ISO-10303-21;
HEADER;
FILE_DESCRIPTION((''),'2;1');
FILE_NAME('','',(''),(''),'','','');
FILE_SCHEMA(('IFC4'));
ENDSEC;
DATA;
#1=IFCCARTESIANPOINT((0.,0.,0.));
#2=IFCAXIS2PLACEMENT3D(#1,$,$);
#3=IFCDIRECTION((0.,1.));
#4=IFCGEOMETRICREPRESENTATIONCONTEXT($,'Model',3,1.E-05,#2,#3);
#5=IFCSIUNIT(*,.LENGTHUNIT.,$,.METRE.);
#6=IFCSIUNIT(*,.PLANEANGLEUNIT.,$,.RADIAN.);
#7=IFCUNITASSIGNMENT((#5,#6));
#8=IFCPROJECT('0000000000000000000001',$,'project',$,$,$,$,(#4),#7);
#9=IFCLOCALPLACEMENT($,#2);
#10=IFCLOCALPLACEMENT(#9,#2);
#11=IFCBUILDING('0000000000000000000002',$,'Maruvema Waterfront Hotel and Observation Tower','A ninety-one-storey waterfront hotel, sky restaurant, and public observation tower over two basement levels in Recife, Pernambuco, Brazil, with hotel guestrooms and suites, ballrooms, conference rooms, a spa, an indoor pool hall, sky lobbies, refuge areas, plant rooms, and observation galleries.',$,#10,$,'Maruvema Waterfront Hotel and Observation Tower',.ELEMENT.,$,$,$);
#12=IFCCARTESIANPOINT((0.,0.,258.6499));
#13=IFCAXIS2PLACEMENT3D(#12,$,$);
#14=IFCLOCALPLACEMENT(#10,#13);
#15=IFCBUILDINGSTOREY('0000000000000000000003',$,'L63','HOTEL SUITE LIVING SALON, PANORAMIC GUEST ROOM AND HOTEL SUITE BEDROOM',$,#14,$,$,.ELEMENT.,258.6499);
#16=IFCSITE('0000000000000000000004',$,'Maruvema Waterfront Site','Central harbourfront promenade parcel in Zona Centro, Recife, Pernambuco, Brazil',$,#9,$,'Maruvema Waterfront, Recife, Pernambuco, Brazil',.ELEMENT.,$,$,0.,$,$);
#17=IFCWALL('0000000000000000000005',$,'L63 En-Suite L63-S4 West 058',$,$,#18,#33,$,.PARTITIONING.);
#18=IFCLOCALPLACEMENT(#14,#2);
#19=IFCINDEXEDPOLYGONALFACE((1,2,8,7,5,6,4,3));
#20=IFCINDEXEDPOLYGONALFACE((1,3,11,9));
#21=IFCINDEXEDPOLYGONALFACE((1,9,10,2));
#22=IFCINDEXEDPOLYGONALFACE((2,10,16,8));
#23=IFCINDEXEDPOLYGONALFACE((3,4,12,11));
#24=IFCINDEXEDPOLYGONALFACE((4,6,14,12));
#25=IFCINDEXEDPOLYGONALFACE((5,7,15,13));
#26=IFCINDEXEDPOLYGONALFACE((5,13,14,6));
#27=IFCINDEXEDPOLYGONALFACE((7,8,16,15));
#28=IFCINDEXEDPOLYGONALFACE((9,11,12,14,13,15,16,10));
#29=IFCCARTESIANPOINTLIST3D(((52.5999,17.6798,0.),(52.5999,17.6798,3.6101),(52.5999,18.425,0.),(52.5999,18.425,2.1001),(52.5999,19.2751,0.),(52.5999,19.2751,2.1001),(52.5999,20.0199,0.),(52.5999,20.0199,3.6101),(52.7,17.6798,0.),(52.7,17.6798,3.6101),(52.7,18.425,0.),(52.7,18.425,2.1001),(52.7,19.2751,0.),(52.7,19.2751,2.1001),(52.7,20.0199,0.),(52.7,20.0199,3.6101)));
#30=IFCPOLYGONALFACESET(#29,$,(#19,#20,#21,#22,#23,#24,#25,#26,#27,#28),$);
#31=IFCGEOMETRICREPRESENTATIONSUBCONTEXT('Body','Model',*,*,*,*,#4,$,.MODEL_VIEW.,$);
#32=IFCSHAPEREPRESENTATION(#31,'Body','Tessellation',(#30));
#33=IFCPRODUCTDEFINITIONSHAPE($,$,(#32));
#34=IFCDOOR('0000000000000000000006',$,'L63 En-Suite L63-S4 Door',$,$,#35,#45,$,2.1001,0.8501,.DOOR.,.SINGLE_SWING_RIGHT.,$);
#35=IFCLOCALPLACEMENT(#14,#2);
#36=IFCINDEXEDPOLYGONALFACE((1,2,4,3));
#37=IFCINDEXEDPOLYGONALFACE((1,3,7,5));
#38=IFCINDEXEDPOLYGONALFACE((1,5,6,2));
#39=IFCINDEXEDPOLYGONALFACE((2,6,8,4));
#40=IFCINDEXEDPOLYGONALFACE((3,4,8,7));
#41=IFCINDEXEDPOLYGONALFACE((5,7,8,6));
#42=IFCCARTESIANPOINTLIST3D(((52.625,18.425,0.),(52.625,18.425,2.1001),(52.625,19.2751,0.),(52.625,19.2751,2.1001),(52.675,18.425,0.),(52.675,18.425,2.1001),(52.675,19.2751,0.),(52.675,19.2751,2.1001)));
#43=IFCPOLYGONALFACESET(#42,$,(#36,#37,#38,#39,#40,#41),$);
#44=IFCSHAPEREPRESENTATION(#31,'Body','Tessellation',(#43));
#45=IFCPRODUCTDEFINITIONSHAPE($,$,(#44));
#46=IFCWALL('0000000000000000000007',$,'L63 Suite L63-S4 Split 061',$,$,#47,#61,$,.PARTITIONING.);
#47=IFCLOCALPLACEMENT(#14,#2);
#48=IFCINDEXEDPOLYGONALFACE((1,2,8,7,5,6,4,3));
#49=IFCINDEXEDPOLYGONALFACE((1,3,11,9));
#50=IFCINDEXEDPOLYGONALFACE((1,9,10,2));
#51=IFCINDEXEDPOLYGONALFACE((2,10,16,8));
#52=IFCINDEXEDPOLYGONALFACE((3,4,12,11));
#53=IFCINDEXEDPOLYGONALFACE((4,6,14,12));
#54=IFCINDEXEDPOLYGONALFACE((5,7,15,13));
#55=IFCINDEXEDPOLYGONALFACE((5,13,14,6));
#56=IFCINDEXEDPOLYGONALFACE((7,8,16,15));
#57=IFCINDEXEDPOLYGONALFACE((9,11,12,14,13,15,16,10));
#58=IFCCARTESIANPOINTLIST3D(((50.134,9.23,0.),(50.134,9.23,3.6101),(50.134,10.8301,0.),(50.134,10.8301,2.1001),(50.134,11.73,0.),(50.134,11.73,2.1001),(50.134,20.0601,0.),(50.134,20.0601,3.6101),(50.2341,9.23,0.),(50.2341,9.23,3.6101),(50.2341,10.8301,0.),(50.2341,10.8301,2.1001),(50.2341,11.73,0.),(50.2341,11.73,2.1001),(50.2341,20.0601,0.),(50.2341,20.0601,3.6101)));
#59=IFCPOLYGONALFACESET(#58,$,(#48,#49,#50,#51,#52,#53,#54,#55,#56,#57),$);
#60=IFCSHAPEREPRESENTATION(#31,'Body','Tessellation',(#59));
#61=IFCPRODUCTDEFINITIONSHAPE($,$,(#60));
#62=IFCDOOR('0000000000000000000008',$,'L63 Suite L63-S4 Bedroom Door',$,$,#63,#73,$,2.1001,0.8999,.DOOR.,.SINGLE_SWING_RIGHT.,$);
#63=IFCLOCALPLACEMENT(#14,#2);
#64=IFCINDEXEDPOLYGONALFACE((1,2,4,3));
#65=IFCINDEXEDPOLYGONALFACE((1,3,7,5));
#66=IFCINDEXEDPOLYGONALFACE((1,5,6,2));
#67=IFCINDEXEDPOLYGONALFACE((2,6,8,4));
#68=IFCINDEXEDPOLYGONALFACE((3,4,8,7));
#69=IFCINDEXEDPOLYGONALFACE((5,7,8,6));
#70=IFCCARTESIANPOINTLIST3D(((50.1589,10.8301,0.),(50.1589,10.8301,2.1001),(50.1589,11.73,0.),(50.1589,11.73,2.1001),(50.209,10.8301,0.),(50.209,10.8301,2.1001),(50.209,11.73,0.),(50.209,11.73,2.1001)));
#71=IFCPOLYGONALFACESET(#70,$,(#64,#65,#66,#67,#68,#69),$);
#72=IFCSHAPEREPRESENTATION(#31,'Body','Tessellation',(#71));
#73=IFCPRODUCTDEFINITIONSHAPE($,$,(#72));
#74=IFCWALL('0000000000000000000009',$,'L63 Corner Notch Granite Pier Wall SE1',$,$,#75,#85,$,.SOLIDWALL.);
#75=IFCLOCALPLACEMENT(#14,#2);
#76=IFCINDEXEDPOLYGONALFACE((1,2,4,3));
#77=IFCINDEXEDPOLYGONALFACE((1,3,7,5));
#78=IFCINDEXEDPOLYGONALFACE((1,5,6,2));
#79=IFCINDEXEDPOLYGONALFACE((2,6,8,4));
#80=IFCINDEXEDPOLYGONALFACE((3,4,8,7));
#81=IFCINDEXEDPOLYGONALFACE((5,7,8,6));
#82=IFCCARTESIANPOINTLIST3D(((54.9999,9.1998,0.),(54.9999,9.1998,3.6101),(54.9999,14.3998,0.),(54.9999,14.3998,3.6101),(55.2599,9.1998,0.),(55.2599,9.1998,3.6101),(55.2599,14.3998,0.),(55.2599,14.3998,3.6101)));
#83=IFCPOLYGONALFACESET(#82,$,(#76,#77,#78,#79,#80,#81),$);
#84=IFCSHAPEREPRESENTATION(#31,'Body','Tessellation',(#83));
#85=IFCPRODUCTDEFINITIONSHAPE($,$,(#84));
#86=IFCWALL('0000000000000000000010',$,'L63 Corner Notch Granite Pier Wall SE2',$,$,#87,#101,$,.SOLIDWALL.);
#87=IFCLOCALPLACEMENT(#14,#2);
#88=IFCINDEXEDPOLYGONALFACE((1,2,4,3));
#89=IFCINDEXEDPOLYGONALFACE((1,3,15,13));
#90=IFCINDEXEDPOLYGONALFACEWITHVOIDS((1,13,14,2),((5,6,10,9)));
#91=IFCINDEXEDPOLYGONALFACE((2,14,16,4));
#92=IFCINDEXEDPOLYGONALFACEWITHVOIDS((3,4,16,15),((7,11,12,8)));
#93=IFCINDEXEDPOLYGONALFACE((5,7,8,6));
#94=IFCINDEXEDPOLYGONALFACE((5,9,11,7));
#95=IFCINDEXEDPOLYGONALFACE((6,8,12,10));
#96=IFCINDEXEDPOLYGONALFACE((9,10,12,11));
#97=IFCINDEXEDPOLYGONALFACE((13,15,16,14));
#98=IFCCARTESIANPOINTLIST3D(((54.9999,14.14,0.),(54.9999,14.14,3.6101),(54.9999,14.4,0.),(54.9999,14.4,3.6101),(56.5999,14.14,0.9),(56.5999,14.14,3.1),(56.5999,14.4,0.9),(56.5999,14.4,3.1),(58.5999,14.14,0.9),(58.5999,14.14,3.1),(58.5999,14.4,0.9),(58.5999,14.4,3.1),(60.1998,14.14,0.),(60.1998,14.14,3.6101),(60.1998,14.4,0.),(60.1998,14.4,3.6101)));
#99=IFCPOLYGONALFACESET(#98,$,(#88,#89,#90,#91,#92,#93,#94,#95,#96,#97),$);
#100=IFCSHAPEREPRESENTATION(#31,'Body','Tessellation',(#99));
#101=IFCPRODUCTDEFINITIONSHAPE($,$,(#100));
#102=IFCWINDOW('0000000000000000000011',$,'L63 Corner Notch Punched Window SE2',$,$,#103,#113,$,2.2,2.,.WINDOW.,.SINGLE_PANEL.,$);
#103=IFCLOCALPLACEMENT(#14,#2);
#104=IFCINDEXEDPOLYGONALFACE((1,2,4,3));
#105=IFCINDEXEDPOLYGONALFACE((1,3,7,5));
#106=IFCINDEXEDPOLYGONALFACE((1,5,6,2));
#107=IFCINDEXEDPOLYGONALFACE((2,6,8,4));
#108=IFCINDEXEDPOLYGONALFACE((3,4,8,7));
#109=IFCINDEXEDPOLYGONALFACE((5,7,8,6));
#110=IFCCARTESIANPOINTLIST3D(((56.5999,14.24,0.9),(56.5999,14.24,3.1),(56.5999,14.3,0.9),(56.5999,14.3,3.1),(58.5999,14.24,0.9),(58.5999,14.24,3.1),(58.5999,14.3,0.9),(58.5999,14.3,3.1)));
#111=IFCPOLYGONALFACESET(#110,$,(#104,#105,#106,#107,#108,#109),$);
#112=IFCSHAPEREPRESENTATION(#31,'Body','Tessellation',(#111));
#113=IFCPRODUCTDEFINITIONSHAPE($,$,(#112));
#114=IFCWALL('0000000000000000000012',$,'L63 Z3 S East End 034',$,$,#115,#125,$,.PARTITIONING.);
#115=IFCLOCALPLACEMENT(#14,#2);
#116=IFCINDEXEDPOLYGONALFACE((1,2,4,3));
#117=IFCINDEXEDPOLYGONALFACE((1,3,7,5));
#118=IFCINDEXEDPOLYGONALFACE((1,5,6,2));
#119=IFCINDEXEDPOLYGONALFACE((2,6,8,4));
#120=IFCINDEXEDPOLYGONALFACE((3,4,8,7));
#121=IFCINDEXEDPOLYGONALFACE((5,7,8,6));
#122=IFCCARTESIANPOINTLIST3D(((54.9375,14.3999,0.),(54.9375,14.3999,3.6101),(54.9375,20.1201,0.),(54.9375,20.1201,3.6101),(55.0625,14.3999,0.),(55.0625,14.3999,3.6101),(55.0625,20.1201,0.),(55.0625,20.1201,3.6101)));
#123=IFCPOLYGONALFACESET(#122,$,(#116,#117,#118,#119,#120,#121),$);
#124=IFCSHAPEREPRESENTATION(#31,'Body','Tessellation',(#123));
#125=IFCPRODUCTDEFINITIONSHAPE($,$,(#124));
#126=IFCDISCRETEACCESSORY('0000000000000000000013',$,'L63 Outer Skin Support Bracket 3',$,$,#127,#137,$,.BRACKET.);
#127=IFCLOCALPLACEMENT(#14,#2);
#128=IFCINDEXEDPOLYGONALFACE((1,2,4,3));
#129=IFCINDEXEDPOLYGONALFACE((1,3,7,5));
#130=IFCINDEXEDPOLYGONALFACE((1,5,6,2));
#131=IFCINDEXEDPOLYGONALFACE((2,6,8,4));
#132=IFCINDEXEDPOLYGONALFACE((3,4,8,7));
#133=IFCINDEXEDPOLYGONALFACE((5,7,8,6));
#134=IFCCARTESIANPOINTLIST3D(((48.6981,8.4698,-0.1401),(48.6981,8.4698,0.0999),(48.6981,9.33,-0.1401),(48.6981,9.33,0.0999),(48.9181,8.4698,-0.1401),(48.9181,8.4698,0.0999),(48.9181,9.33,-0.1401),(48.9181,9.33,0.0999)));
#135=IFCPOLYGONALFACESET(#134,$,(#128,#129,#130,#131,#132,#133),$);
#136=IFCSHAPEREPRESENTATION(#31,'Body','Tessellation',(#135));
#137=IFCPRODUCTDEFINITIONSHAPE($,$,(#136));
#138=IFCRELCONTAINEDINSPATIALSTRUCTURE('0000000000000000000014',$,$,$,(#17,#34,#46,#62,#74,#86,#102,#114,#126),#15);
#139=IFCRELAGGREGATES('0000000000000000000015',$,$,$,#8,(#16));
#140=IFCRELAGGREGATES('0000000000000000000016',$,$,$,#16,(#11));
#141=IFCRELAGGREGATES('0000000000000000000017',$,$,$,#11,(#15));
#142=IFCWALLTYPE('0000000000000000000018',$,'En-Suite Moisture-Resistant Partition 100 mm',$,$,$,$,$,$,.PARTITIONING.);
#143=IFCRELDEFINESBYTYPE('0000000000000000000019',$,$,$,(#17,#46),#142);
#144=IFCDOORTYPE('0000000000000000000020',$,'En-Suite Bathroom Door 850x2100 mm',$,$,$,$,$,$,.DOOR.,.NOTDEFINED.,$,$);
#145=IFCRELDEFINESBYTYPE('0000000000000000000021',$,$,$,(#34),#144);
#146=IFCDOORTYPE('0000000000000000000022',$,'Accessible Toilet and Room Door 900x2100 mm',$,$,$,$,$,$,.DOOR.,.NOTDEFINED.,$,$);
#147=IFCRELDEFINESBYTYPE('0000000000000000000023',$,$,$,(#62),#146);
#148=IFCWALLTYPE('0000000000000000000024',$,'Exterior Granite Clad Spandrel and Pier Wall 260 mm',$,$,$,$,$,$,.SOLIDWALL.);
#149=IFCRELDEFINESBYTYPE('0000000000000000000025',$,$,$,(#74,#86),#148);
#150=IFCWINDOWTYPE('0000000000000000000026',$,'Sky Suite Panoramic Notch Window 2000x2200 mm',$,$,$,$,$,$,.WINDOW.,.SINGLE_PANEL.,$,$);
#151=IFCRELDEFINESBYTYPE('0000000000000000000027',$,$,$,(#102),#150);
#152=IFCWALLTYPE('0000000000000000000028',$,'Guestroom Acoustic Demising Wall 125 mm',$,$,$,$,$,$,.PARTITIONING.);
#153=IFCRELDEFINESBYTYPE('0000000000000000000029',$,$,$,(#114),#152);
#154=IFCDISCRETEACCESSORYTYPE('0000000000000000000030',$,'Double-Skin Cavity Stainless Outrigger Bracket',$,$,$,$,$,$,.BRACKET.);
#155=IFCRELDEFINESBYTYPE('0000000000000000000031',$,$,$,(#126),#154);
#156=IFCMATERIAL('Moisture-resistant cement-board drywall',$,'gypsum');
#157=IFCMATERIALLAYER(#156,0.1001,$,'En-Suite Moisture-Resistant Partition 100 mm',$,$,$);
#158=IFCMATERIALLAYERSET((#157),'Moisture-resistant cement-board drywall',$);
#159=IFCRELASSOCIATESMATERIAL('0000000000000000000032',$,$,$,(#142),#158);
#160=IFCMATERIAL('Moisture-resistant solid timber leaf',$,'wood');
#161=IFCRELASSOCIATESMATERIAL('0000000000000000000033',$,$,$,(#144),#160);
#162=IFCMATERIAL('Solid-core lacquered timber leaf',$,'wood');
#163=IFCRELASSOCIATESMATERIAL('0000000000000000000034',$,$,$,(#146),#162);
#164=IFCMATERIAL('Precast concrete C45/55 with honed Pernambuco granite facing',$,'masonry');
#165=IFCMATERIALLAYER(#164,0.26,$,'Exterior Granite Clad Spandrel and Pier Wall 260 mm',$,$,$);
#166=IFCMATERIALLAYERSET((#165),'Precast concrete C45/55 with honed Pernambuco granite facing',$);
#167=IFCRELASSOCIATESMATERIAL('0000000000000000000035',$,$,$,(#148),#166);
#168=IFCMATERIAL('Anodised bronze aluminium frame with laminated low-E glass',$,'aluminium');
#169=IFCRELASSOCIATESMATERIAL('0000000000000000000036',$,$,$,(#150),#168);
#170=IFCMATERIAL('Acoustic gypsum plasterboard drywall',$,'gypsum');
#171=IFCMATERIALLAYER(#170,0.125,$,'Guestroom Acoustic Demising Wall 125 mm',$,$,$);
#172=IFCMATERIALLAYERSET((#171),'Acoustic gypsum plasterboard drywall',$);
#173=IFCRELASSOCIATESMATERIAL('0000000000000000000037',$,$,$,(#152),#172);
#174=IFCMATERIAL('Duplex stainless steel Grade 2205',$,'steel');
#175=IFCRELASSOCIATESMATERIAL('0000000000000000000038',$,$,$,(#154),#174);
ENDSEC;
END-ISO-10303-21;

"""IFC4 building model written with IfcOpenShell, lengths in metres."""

from ifc_helpers import new_model, si_unit, direction, frame, frame_2d, origin, origin_2d, place, context, subcontext, project, spatial, rectangle, extrude, material, layer, layer_set, type_object, element, fill, save


model = new_model("IFC4")

# Units and contexts
model_context = context("Model", 3, precision=1e-05, world=origin(), true_north=direction((0.0, 1.0)))
body_context = subcontext(model_context, "Body", "Model", "MODEL_VIEW")
ifc_project = project(units=[si_unit("LENGTHUNIT", "METRE"), si_unit("PLANEANGLEUNIT", "RADIAN")], contexts=[model_context])

# Site, building, storey
site_placement = place(None, origin())
site = spatial("IfcSite", under=ifc_project, at=site_placement, Name="Maruvema Waterfront Site", Description="Central harbourfront promenade parcel in Zona Centro, Recife, Pernambuco, Brazil", LongName="Maruvema Waterfront, Recife, Pernambuco, Brazil", CompositionType="ELEMENT", RefElevation=0.0)
building_placement = place(site_placement, origin())
building = spatial("IfcBuilding", under=site, at=building_placement, Name="Maruvema Waterfront Hotel and Observation Tower", Description="A ninety-one-storey waterfront hotel, sky restaurant, and public observation tower over two basement levels in Recife, Pernambuco, Brazil, with hotel guestrooms and suites, ballrooms, conference rooms, a spa, an indoor pool hall, sky lobbies, refuge areas, plant rooms, and observation galleries.", LongName="Maruvema Waterfront Hotel and Observation Tower", CompositionType="ELEMENT")
storey_placement = place(building_placement, frame((0.0, 0.0, 258.6499)))
storey = spatial("IfcBuildingStorey", under=building, at=storey_placement, Name="L63", Description="HOTEL SUITE LIVING SALON, PANORAMIC GUEST ROOM AND HOTEL SUITE BEDROOM", CompositionType="ELEMENT", Elevation=258.6499)

# Shared definitions
ifc_material_1 = material(Name="Moisture-resistant cement-board drywall", Category="gypsum")
ifc_layer_1 = layer(ifc_material_1, 0.1001, Name="En-Suite Moisture-Resistant Partition 100 mm")
ifc_layer_set_1 = layer_set([ifc_layer_1], Name="Moisture-resistant cement-board drywall")
wall_type_1 = type_object("IfcWallType", Name="En-Suite Moisture-Resistant Partition 100 mm", PredefinedType="PARTITIONING", material=ifc_layer_set_1)

# Walls, openings, doors
wall_1_placement = place(storey_placement, frame((52.6499, 17.6799, 0.0), z_axis=(0.0, 0.0, 1.0), x_axis=(0.0, 1.0, 0.0)))
wall_1 = element("IfcWall", 1, at=wall_1_placement, inside=storey, type_object=wall_type_1, Name="L63 En-Suite L63-S4 West 058", PredefinedType="PARTITIONING", context=body_context, shape_type="SweptSolid", body=[
    extrude(rectangle(XDim=2.3401, YDim=0.1001, at=frame_2d((1.1699, 0.0))), origin(), (0.0, 0.0, 1.0), 3.6101),
])
opening_1_placement = place(wall_1_placement, frame((0.7451, 0.0, 0.0)))
opening_1 = element("IfcOpeningElement", 2, at=opening_1_placement, cuts=wall_1, PredefinedType="OPENING", context=body_context, shape_type="SweptSolid", body=[
    extrude(rectangle(XDim=0.8501, YDim=2.1001, at=frame_2d((0.425, 1.05))), frame((0.0, 0.0601, 0.0), z_axis=(0.0, -1.0, 0.0), x_axis=(1.0, 0.0, 0.0)), (0.0, 0.0, 1.0), 0.1201),
])
ifc_material_2 = material(Name="Moisture-resistant solid timber leaf", Category="wood")
door_type_1 = type_object("IfcDoorType", Name="En-Suite Bathroom Door 850x2100 mm", OperationType="NOTDEFINED", PredefinedType="DOOR", material=ifc_material_2)
door_1_placement = place(opening_1_placement, origin())
door_1 = element("IfcDoor", 3, at=door_1_placement, inside=storey, type_object=door_type_1, Name="L63 En-Suite L63-S4 Door", OperationType="SINGLE_SWING_RIGHT", OverallHeight=2.1001, OverallWidth=0.8501, PredefinedType="DOOR", context=body_context, shape_type="SweptSolid", body=[
    extrude(rectangle(XDim=0.8501, YDim=2.1001, at=frame_2d((0.425, 1.05))), frame((0.0, 0.0249, 0.0), z_axis=(0.0, -1.0, 0.0), x_axis=(1.0, 0.0, 0.0)), (0.0, 0.0, 1.0), 0.05),
])
fill(opening_1, door_1)
wall_2_placement = place(storey_placement, frame((50.1841, 9.23, 0.0), z_axis=(0.0, 0.0, 1.0), x_axis=(0.0, 1.0, 0.0)))
wall_2 = element("IfcWall", 4, at=wall_2_placement, inside=storey, type_object=wall_type_1, Name="L63 Suite L63-S4 Split 061", PredefinedType="PARTITIONING", context=body_context, shape_type="SweptSolid", body=[
    extrude(rectangle(XDim=10.8301, YDim=0.1001, at=frame_2d((5.415, 0.0))), origin(), (0.0, 0.0, 1.0), 3.6101),
])
opening_2_placement = place(wall_2_placement, frame((1.6001, 0.0, 0.0)))
opening_2 = element("IfcOpeningElement", 5, at=opening_2_placement, cuts=wall_2, PredefinedType="OPENING", context=body_context, shape_type="SweptSolid", body=[
    extrude(rectangle(XDim=0.8999, YDim=2.1001, at=frame_2d((0.45, 1.05))), frame((0.0, 0.0601, 0.0), z_axis=(0.0, -1.0, 0.0), x_axis=(1.0, 0.0, 0.0)), (0.0, 0.0, 1.0), 0.1201),
])
ifc_material_3 = material(Name="Solid-core lacquered timber leaf", Category="wood")
door_type_2 = type_object("IfcDoorType", Name="Accessible Toilet and Room Door 900x2100 mm", OperationType="NOTDEFINED", PredefinedType="DOOR", material=ifc_material_3)
door_2_placement = place(opening_2_placement, frame((0.8999, 0.0, 0.0), z_axis=(0.0, 0.0, 1.0), x_axis=(-1.0, 0.0, 0.0)))
door_2 = element("IfcDoor", 6, at=door_2_placement, inside=storey, type_object=door_type_2, Name="L63 Suite L63-S4 Bedroom Door", OperationType="SINGLE_SWING_RIGHT", OverallHeight=2.1001, OverallWidth=0.8999, PredefinedType="DOOR", context=body_context, shape_type="SweptSolid", body=[
    extrude(rectangle(XDim=0.8999, YDim=2.1001, at=frame_2d((0.45, 1.05))), frame((0.0, 0.0249, 0.0), z_axis=(0.0, -1.0, 0.0), x_axis=(1.0, 0.0, 0.0)), (0.0, 0.0, 1.0), 0.05),
])
fill(opening_2, door_2)

# Wall
ifc_material_4 = material(Name="Precast concrete C45/55 with honed Pernambuco granite facing", Category="masonry")
ifc_layer_2 = layer(ifc_material_4, 0.26, Name="Exterior Granite Clad Spandrel and Pier Wall 260 mm")
ifc_layer_set_2 = layer_set([ifc_layer_2], Name="Precast concrete C45/55 with honed Pernambuco granite facing")
wall_type_2 = type_object("IfcWallType", Name="Exterior Granite Clad Spandrel and Pier Wall 260 mm", PredefinedType="SOLIDWALL", material=ifc_layer_set_2)
wall_3_placement = place(storey_placement, frame((55.1299, 14.3999, 0.0), z_axis=(0.0, 0.0, 1.0), x_axis=(0.0, -1.0, 0.0)))
element("IfcWall", 7, at=wall_3_placement, inside=storey, type_object=wall_type_2, Name="L63 Corner Notch Granite Pier Wall SE1", PredefinedType="SOLIDWALL", context=body_context, shape_type="SweptSolid", body=[
    extrude(rectangle(XDim=5.2, YDim=0.26, at=frame_2d((2.6001, 0.0))), origin(), (0.0, 0.0, 1.0), 3.6101),
])

# Wall, opening, window
wall_4_placement = place(storey_placement, frame((60.2, 14.27, 0.0), z_axis=(0.0, 0.0, 1.0), x_axis=(-1.0, 0.0, 0.0)))
wall_4 = element("IfcWall", 8, at=wall_4_placement, inside=storey, type_object=wall_type_2, Name="L63 Corner Notch Granite Pier Wall SE2", PredefinedType="SOLIDWALL", context=body_context, shape_type="SweptSolid", body=[
    extrude(rectangle(XDim=5.2, YDim=0.26, at=frame_2d((2.6001, 0.0))), origin(), (0.0, 0.0, 1.0), 3.6101),
])
opening_3_placement = place(wall_4_placement, frame((1.6001, 0.0, 0.8999)))
opening_3 = element("IfcOpeningElement", 9, at=opening_3_placement, cuts=wall_4, PredefinedType="OPENING", context=body_context, shape_type="SweptSolid", body=[
    extrude(rectangle(XDim=2.0, YDim=2.2, at=frame_2d((1.0, 1.1001))), frame((0.0, 0.1401, 0.0), z_axis=(0.0, -1.0, 0.0), x_axis=(1.0, 0.0, 0.0)), (0.0, 0.0, 1.0), 0.28),
])
ifc_material_5 = material(Name="Anodised bronze aluminium frame with laminated low-E glass", Category="aluminium")
window_type = type_object("IfcWindowType", Name="Sky Suite Panoramic Notch Window 2000x2200 mm", PartitioningType="SINGLE_PANEL", PredefinedType="WINDOW", material=ifc_material_5)
window_placement = place(opening_3_placement, origin())
window = element("IfcWindow", 10, at=window_placement, inside=storey, type_object=window_type, Name="L63 Corner Notch Punched Window SE2", OverallHeight=2.2, OverallWidth=2.0, PartitioningType="SINGLE_PANEL", PredefinedType="WINDOW", context=body_context, shape_type="SweptSolid", body=[
    extrude(rectangle(XDim=2.0, YDim=2.2, at=frame_2d((1.0, 1.1001))), frame((0.0, 0.03, 0.0), z_axis=(0.0, -1.0, 0.0), x_axis=(1.0, 0.0, 0.0)), (0.0, 0.0, 1.0), 0.0601),
])
fill(opening_3, window)

# Wall
ifc_material_6 = material(Name="Acoustic gypsum plasterboard drywall", Category="gypsum")
ifc_layer_3 = layer(ifc_material_6, 0.125, Name="Guestroom Acoustic Demising Wall 125 mm")
ifc_layer_set_3 = layer_set([ifc_layer_3], Name="Acoustic gypsum plasterboard drywall")
wall_type_3 = type_object("IfcWallType", Name="Guestroom Acoustic Demising Wall 125 mm", PredefinedType="PARTITIONING", material=ifc_layer_set_3)
wall_5_placement = place(storey_placement, frame((55.0, 14.3999, 0.0), z_axis=(0.0, 0.0, 1.0), x_axis=(0.0, 1.0, 0.0)))
element("IfcWall", 11, at=wall_5_placement, inside=storey, type_object=wall_type_3, Name="L63 Z3 S East End 034", PredefinedType="PARTITIONING", context=body_context, shape_type="SweptSolid", body=[
    extrude(rectangle(XDim=5.7202, YDim=0.125, at=frame_2d((2.8601, 0.0))), origin(), (0.0, 0.0, 1.0), 3.6101),
])

# Discrete accessory
ifc_material_7 = material(Name="Duplex stainless steel Grade 2205", Category="steel")
discrete_accessory_type = type_object("IfcDiscreteAccessoryType", Name="Double-Skin Cavity Stainless Outrigger Bracket", PredefinedType="BRACKET", material=ifc_material_7)
discrete_accessory_placement = place(storey_placement, frame((48.8081, 8.8999, -0.1401), z_axis=(0.0, 0.0, 1.0), x_axis=(1.0, 0.0, 0.0)))
element("IfcDiscreteAccessory", 12, at=discrete_accessory_placement, inside=storey, type_object=discrete_accessory_type, Name="L63 Outer Skin Support Bracket 3", PredefinedType="BRACKET", context=body_context, shape_type="SweptSolid", body=[
    extrude(rectangle(XDim=0.22, YDim=0.8601, at=origin_2d()), origin(), (0.0, 0.0, 1.0), 0.24),
])

save(model, "model.ifc")
